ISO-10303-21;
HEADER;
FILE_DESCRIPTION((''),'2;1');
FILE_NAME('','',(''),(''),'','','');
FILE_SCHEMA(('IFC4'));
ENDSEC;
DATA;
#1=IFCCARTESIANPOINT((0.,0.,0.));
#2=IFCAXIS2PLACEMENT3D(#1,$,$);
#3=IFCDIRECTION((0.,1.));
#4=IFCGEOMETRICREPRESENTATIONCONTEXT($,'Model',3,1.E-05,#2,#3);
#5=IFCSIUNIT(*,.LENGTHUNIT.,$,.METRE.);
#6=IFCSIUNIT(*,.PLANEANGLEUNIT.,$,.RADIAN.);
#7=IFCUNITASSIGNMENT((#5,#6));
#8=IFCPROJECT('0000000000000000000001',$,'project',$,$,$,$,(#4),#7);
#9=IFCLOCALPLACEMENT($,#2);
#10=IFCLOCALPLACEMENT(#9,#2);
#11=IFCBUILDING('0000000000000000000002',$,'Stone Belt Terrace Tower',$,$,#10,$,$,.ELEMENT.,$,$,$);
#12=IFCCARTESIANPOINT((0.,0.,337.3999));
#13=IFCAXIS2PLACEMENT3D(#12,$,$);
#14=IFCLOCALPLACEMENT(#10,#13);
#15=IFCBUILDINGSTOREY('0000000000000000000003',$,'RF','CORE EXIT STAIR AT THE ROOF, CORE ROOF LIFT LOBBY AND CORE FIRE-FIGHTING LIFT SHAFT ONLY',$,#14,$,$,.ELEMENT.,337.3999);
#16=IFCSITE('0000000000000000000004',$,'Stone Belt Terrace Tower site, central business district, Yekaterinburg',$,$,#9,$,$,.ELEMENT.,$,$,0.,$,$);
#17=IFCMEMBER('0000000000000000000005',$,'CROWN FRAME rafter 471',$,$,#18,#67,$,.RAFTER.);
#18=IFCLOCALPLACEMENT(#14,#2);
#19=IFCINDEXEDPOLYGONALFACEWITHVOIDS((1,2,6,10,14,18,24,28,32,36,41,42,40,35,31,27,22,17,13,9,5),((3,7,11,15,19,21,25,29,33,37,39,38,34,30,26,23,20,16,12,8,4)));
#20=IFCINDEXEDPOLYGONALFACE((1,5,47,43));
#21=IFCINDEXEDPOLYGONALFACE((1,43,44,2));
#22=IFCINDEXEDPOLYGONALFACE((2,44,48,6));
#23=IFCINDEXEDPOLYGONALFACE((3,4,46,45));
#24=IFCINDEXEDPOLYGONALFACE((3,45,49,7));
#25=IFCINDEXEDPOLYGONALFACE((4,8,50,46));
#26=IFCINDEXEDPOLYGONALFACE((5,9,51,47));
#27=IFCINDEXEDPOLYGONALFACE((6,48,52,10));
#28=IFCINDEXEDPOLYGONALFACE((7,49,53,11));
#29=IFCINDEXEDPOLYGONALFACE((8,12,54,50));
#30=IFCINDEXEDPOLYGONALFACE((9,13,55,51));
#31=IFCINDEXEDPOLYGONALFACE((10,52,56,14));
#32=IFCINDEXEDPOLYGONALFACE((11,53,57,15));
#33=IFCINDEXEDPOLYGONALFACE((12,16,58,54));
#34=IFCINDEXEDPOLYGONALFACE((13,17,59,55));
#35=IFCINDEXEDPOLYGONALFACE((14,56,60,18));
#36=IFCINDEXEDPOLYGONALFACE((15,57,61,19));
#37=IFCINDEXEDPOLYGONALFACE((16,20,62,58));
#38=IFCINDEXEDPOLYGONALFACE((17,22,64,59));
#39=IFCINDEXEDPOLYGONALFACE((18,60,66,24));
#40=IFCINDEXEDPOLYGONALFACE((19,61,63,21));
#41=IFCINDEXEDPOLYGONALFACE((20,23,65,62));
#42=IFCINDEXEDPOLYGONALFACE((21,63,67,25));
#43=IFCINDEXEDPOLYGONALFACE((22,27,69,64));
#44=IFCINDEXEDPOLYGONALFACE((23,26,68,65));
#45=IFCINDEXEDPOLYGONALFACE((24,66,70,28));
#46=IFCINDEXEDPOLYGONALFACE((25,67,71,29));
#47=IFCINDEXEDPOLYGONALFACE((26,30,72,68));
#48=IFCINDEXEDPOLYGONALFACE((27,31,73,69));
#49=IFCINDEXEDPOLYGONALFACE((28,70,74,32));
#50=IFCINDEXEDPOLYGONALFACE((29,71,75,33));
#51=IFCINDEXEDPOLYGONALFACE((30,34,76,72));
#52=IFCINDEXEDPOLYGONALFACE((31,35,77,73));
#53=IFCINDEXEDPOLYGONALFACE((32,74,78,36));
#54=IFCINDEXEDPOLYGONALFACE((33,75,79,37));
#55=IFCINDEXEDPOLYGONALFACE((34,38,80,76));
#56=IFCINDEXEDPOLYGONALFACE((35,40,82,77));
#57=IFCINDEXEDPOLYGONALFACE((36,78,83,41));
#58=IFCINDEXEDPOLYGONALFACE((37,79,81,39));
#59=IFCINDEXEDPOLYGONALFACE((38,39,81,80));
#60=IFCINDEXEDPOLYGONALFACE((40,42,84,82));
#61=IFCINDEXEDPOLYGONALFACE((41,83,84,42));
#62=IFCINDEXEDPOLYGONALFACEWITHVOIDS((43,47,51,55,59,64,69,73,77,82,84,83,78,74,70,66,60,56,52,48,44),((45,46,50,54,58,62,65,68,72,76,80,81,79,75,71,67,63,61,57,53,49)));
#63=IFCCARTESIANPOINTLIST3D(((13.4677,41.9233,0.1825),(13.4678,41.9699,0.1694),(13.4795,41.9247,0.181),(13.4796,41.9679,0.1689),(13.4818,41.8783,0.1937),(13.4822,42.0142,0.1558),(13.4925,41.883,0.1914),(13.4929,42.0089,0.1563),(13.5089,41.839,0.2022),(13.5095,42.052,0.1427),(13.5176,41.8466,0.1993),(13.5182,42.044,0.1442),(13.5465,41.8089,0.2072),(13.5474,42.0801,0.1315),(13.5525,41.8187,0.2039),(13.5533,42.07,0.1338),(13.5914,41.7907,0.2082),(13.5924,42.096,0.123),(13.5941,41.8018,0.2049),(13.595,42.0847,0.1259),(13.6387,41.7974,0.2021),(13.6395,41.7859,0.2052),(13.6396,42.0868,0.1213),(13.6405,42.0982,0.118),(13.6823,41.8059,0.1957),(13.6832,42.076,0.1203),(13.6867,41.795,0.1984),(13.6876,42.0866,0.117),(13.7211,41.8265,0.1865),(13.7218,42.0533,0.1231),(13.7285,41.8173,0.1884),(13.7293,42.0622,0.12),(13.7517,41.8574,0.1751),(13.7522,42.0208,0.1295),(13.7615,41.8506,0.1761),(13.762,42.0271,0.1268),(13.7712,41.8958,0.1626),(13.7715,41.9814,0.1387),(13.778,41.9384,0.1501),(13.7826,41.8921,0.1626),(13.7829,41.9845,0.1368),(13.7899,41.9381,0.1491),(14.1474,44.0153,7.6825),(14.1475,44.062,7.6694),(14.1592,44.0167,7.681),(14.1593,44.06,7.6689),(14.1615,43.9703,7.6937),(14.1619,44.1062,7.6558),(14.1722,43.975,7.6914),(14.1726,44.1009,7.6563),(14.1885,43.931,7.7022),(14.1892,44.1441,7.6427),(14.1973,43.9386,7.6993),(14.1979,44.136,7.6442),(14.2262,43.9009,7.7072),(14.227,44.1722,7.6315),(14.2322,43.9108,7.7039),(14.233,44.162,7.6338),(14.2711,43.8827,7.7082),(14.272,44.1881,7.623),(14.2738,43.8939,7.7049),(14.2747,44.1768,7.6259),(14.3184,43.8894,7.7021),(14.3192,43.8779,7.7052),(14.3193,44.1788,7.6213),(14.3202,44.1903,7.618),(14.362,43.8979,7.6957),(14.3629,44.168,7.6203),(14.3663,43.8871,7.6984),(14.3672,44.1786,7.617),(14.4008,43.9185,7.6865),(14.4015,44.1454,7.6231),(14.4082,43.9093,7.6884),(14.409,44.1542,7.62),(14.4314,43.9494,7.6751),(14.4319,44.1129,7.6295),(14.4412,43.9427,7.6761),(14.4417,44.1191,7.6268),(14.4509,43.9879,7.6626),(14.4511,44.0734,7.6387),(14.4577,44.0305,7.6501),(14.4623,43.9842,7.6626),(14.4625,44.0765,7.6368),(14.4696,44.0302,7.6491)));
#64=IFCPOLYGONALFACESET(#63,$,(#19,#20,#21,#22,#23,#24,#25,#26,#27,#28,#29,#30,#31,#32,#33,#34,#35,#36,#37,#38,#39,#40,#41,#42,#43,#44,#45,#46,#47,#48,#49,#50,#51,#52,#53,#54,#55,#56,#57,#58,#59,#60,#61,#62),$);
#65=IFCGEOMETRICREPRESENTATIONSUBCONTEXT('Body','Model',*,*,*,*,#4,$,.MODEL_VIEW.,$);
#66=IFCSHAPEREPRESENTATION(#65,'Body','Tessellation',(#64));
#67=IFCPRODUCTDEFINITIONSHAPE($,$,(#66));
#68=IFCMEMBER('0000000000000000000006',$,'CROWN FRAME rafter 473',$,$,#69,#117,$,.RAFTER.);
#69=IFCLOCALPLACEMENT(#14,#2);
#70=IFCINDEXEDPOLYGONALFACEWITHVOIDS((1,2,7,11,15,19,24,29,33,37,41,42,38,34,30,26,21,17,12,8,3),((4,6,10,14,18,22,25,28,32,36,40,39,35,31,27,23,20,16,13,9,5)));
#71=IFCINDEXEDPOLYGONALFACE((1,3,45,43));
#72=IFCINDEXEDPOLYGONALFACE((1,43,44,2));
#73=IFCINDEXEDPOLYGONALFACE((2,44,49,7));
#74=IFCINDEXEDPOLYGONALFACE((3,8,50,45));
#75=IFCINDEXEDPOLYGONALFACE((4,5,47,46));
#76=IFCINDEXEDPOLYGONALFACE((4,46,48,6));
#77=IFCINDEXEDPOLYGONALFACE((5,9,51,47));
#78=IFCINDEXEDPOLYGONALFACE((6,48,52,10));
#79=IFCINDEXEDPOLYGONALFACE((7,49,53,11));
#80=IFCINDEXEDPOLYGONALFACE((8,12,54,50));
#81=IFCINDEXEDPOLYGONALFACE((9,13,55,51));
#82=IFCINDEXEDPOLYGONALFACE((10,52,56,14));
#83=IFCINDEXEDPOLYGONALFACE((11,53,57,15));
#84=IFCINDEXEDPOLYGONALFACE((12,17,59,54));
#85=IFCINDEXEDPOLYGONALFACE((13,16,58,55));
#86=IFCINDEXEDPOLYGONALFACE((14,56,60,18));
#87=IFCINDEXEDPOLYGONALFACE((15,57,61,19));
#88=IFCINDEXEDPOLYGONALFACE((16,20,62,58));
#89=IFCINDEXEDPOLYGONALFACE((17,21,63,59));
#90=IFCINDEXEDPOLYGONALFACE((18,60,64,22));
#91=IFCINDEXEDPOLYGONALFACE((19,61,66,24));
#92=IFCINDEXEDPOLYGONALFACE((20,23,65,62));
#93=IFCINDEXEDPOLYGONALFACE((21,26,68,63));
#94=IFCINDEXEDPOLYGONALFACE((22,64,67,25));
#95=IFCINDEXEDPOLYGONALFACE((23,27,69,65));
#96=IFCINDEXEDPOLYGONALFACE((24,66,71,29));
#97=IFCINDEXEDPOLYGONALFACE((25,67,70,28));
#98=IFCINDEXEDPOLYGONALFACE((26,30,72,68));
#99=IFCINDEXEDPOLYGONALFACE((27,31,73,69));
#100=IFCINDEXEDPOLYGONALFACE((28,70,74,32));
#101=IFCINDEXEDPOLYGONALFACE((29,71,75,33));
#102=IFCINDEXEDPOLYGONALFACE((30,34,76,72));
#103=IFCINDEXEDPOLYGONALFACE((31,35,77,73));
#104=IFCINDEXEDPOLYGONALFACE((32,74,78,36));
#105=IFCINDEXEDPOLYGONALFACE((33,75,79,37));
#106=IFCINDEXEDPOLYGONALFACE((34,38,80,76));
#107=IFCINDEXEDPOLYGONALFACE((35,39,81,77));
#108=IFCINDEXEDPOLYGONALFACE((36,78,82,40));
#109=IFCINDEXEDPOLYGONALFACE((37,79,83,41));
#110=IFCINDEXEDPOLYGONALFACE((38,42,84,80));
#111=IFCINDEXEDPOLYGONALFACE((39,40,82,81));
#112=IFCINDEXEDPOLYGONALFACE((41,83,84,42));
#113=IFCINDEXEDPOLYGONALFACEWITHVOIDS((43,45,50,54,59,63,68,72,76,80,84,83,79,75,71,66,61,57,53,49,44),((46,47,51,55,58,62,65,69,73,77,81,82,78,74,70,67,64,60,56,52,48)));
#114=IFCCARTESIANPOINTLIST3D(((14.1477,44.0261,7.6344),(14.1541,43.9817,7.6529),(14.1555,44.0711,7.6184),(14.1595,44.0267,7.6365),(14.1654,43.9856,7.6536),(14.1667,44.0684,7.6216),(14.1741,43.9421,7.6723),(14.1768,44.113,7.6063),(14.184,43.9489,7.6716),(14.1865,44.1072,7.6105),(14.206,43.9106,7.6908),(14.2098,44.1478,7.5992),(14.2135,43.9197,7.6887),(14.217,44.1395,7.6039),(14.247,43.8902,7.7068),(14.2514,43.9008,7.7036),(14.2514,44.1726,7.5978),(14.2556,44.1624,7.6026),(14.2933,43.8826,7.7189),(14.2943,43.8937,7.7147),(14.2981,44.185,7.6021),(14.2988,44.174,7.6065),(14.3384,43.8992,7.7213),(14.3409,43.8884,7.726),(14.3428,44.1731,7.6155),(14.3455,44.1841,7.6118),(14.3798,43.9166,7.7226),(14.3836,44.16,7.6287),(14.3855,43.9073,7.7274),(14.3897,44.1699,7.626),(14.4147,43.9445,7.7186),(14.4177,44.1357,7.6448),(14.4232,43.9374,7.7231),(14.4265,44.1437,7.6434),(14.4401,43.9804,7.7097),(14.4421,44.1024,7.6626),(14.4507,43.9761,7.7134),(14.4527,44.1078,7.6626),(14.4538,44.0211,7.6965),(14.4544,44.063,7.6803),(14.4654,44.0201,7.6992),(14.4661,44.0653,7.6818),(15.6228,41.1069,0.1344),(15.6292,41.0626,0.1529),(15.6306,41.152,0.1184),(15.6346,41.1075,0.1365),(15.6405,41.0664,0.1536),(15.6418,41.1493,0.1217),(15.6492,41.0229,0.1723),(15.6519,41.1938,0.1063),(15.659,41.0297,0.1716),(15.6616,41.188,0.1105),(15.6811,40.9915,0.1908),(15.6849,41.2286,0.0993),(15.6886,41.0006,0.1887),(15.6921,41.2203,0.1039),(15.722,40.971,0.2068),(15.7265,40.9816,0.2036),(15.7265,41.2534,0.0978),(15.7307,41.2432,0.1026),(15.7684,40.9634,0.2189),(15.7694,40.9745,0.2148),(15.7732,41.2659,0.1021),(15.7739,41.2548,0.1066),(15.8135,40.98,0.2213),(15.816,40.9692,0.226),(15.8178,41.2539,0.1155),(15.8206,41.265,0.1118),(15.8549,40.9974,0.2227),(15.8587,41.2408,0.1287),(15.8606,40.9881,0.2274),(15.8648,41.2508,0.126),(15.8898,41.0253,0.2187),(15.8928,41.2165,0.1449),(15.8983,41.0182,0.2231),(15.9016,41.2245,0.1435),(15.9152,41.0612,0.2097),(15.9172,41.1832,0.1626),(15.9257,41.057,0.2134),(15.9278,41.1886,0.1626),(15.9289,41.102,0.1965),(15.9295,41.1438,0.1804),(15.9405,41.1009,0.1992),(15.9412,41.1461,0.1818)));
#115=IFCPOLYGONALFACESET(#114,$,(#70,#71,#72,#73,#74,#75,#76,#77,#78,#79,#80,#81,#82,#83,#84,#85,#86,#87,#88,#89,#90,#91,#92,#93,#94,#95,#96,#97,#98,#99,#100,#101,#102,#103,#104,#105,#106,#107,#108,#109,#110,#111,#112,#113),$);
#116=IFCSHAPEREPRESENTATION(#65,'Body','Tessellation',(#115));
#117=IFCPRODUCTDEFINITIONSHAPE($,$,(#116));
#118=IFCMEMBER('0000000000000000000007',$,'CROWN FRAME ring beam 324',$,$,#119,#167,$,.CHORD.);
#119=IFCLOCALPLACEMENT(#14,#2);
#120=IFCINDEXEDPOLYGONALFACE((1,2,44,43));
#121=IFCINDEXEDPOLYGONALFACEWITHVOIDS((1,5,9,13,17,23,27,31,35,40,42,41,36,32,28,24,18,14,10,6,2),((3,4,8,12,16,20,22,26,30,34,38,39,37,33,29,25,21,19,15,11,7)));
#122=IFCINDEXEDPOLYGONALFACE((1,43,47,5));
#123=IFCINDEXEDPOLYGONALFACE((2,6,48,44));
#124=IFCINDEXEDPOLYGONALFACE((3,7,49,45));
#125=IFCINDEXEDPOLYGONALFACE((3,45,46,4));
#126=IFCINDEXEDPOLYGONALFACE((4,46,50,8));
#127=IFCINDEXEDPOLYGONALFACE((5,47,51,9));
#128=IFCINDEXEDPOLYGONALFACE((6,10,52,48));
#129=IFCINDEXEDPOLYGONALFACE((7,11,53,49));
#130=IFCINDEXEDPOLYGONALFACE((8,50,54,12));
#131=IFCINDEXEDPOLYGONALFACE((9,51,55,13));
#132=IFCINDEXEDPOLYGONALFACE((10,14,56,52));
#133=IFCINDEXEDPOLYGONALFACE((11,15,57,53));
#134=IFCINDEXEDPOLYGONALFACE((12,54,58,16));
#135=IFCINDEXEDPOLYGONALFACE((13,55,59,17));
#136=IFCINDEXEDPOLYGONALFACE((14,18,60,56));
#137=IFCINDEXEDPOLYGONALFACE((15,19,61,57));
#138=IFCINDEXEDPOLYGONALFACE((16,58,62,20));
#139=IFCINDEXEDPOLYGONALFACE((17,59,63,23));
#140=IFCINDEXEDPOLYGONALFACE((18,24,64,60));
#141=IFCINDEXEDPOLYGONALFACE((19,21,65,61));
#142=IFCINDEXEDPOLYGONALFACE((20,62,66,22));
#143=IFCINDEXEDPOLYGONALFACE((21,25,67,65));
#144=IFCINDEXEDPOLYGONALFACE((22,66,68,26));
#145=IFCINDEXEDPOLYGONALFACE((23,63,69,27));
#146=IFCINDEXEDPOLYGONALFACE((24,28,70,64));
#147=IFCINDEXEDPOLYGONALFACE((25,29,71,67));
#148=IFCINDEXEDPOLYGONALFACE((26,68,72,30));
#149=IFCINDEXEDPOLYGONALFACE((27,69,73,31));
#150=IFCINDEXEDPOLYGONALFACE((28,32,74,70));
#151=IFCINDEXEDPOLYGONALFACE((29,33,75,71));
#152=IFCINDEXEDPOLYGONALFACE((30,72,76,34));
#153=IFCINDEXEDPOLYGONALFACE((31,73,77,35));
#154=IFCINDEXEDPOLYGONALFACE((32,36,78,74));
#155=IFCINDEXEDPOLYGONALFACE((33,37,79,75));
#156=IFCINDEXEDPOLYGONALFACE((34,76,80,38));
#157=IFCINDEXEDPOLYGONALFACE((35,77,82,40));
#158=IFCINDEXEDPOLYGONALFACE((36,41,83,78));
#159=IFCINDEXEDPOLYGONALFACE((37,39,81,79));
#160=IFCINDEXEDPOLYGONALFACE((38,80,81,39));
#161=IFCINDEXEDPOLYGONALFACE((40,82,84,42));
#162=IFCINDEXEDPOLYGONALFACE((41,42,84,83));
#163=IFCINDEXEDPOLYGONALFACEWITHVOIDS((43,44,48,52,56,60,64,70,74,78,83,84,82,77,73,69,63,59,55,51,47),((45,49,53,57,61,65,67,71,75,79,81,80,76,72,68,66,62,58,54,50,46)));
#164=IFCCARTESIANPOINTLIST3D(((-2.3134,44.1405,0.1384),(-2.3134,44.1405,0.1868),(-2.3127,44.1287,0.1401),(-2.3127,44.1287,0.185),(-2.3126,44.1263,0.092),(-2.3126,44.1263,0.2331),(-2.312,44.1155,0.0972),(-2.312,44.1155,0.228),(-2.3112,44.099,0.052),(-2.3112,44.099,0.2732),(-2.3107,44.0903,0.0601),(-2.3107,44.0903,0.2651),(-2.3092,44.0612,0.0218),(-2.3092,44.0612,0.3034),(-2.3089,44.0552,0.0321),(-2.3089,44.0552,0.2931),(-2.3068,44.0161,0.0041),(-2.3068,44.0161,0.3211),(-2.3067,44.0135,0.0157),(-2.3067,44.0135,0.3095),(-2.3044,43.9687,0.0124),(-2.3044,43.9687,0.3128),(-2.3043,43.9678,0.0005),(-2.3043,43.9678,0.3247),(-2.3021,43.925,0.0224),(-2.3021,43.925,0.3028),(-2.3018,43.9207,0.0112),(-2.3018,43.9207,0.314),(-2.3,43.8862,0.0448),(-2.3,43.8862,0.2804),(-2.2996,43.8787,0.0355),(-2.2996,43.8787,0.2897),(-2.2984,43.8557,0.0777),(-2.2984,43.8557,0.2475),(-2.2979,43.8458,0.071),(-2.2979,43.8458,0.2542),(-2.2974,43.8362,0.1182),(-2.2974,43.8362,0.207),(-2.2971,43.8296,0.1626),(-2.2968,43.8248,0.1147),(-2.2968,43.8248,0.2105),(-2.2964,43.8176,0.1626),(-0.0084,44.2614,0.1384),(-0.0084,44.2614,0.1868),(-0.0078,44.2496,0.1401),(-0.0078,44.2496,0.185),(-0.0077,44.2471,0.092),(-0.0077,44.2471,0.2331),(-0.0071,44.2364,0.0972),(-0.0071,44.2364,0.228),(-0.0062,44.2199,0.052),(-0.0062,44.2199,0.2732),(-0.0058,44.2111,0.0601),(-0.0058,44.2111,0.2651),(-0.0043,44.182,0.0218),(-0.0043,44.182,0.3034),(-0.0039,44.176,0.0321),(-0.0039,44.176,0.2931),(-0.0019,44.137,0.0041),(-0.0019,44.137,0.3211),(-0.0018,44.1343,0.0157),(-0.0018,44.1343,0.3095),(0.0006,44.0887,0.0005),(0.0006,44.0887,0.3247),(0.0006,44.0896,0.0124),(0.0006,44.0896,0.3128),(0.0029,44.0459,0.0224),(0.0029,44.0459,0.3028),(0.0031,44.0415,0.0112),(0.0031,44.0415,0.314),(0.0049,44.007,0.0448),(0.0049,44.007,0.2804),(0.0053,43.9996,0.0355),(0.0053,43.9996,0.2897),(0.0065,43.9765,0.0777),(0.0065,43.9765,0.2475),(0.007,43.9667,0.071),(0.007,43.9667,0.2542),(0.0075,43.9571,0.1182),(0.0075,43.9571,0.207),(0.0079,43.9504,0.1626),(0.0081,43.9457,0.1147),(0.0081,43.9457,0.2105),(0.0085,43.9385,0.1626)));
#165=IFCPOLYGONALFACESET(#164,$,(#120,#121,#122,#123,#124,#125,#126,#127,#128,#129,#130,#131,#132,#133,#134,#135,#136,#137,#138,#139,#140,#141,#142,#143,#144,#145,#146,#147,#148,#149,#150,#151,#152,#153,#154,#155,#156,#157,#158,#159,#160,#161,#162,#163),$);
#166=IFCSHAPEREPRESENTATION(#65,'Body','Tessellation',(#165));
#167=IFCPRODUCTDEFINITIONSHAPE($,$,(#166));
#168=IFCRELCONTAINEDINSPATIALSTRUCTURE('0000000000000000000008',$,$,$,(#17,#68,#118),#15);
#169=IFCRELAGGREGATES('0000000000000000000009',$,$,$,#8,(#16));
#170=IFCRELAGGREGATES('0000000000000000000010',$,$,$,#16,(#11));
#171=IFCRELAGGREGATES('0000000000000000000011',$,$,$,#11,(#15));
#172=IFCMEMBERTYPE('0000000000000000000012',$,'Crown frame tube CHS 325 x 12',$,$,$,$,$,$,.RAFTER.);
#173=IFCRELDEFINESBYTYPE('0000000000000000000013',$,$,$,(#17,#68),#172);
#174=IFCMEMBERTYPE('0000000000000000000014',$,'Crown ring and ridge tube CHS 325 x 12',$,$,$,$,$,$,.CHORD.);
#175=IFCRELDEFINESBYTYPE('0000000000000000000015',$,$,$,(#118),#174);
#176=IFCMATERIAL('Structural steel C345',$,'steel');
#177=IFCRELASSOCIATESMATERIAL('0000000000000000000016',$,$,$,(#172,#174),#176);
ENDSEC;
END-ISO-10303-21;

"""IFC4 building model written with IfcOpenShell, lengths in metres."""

from ifc_helpers import new_model, si_unit, direction, frame, origin, origin_2d, place, context, subcontext, project, spatial, hollow_circle, extrude, material, material_profile, profile_set, type_object, element, save


model = new_model("IFC4")

# Units and contexts
model_context = context("Model", 3, precision=1e-05, world=origin(), true_north=direction((0.0, 1.0)))
body_context = subcontext(model_context, "Body", "Model", "MODEL_VIEW")
ifc_project = project(units=[si_unit("LENGTHUNIT", "METRE"), si_unit("PLANEANGLEUNIT", "RADIAN")], contexts=[model_context])

# Site, building, storey
site_placement = place(None, origin())
site = spatial("IfcSite", under=ifc_project, at=site_placement, Name="Stone Belt Terrace Tower site, central business district, Yekaterinburg", CompositionType="ELEMENT", RefElevation=0.0)
building_placement = place(site_placement, origin())
building = spatial("IfcBuilding", under=site, at=building_placement, Name="Stone Belt Terrace Tower", CompositionType="ELEMENT")
storey_placement = place(building_placement, frame((0.0, 0.0, 337.3999)))
storey = spatial("IfcBuildingStorey", under=building, at=storey_placement, Name="RF", Description="CORE EXIT STAIR AT THE ROOF, CORE ROOF LIFT LOBBY AND CORE FIRE-FIGHTING LIFT SHAFT ONLY", CompositionType="ELEMENT", Elevation=337.3999)

# Members
ifc_material_1 = material(Name="Structural steel C345", Category="steel")
ifc_material_profile_1 = material_profile(ifc_material_1, hollow_circle(Radius=0.1626, WallThickness=0.012, at=origin_2d()), Name="Structural steel C345 CHS 325x12")
ifc_profile_set_1 = profile_set([ifc_material_profile_1], Name="Structural steel C345")
member_type_1 = type_object("IfcMemberType", Name="Crown frame tube CHS 325 x 12", PredefinedType="RAFTER", material=ifc_profile_set_1)
for number, where, z_axis, x_axis, name in (
    (1, (14.3076, 44.0344, 7.6626), (-0.086962, -0.267664, -0.95958), (0.951064, -0.308993, 0.0), "CROWN FRAME rafter 471"),
):
    element("IfcMember", number, at=place(storey_placement, frame(where, z_axis=z_axis, x_axis=x_axis)), inside=storey, type_object=member_type_1, Name=name, PredefinedType="RAFTER", context=body_context, shape_type="SweptSolid", body=[
        extrude(hollow_circle(Radius=0.1626, WallThickness=0.012, at=origin_2d()), origin(), (0.0, 0.0, 1.0), 7.8159),
    ])
member_1_placement = place(storey_placement, frame((14.3076, 44.0344, 7.6626), z_axis=(0.180282, -0.356775, -0.916629), x_axis=(0.892523, 0.451002, 0.0)))
element("IfcMember", 2, at=member_1_placement, inside=storey, type_object=member_type_1, Name="CROWN FRAME rafter 473", PredefinedType="RAFTER", context=body_context, shape_type="SweptSolid", body=[
    extrude(hollow_circle(Radius=0.1626, WallThickness=0.012, at=origin_2d()), origin(), (0.0, 0.0, 1.0), 8.1821),
])
ifc_material_profile_2 = material_profile(ifc_material_1, hollow_circle(Radius=0.1626, WallThickness=0.012, at=origin_2d()), Name="Structural steel C345 CHS 325x12")
ifc_profile_set_2 = profile_set([ifc_material_profile_2], Name="Structural steel C345")
member_type_2 = type_object("IfcMemberType", Name="Crown ring and ridge tube CHS 325 x 12", PredefinedType="CHORD", material=ifc_profile_set_2)
for number, where, z_axis, x_axis, name in (
    (3, (0.0, 44.1008, 0.1626), (-0.998628, -0.052359, 0.0), (0.052359, -0.998628, 0.0), "CROWN FRAME ring beam 324"),
):
    element("IfcMember", number, at=place(storey_placement, frame(where, z_axis=z_axis, x_axis=x_axis)), inside=storey, type_object=member_type_2, Name=name, PredefinedType="CHORD", context=body_context, shape_type="SweptSolid", body=[
        extrude(hollow_circle(Radius=0.1626, WallThickness=0.012, at=origin_2d()), origin(), (0.0, 0.0, 1.0), 2.3081),
    ])

save(model, "model.ifc")
